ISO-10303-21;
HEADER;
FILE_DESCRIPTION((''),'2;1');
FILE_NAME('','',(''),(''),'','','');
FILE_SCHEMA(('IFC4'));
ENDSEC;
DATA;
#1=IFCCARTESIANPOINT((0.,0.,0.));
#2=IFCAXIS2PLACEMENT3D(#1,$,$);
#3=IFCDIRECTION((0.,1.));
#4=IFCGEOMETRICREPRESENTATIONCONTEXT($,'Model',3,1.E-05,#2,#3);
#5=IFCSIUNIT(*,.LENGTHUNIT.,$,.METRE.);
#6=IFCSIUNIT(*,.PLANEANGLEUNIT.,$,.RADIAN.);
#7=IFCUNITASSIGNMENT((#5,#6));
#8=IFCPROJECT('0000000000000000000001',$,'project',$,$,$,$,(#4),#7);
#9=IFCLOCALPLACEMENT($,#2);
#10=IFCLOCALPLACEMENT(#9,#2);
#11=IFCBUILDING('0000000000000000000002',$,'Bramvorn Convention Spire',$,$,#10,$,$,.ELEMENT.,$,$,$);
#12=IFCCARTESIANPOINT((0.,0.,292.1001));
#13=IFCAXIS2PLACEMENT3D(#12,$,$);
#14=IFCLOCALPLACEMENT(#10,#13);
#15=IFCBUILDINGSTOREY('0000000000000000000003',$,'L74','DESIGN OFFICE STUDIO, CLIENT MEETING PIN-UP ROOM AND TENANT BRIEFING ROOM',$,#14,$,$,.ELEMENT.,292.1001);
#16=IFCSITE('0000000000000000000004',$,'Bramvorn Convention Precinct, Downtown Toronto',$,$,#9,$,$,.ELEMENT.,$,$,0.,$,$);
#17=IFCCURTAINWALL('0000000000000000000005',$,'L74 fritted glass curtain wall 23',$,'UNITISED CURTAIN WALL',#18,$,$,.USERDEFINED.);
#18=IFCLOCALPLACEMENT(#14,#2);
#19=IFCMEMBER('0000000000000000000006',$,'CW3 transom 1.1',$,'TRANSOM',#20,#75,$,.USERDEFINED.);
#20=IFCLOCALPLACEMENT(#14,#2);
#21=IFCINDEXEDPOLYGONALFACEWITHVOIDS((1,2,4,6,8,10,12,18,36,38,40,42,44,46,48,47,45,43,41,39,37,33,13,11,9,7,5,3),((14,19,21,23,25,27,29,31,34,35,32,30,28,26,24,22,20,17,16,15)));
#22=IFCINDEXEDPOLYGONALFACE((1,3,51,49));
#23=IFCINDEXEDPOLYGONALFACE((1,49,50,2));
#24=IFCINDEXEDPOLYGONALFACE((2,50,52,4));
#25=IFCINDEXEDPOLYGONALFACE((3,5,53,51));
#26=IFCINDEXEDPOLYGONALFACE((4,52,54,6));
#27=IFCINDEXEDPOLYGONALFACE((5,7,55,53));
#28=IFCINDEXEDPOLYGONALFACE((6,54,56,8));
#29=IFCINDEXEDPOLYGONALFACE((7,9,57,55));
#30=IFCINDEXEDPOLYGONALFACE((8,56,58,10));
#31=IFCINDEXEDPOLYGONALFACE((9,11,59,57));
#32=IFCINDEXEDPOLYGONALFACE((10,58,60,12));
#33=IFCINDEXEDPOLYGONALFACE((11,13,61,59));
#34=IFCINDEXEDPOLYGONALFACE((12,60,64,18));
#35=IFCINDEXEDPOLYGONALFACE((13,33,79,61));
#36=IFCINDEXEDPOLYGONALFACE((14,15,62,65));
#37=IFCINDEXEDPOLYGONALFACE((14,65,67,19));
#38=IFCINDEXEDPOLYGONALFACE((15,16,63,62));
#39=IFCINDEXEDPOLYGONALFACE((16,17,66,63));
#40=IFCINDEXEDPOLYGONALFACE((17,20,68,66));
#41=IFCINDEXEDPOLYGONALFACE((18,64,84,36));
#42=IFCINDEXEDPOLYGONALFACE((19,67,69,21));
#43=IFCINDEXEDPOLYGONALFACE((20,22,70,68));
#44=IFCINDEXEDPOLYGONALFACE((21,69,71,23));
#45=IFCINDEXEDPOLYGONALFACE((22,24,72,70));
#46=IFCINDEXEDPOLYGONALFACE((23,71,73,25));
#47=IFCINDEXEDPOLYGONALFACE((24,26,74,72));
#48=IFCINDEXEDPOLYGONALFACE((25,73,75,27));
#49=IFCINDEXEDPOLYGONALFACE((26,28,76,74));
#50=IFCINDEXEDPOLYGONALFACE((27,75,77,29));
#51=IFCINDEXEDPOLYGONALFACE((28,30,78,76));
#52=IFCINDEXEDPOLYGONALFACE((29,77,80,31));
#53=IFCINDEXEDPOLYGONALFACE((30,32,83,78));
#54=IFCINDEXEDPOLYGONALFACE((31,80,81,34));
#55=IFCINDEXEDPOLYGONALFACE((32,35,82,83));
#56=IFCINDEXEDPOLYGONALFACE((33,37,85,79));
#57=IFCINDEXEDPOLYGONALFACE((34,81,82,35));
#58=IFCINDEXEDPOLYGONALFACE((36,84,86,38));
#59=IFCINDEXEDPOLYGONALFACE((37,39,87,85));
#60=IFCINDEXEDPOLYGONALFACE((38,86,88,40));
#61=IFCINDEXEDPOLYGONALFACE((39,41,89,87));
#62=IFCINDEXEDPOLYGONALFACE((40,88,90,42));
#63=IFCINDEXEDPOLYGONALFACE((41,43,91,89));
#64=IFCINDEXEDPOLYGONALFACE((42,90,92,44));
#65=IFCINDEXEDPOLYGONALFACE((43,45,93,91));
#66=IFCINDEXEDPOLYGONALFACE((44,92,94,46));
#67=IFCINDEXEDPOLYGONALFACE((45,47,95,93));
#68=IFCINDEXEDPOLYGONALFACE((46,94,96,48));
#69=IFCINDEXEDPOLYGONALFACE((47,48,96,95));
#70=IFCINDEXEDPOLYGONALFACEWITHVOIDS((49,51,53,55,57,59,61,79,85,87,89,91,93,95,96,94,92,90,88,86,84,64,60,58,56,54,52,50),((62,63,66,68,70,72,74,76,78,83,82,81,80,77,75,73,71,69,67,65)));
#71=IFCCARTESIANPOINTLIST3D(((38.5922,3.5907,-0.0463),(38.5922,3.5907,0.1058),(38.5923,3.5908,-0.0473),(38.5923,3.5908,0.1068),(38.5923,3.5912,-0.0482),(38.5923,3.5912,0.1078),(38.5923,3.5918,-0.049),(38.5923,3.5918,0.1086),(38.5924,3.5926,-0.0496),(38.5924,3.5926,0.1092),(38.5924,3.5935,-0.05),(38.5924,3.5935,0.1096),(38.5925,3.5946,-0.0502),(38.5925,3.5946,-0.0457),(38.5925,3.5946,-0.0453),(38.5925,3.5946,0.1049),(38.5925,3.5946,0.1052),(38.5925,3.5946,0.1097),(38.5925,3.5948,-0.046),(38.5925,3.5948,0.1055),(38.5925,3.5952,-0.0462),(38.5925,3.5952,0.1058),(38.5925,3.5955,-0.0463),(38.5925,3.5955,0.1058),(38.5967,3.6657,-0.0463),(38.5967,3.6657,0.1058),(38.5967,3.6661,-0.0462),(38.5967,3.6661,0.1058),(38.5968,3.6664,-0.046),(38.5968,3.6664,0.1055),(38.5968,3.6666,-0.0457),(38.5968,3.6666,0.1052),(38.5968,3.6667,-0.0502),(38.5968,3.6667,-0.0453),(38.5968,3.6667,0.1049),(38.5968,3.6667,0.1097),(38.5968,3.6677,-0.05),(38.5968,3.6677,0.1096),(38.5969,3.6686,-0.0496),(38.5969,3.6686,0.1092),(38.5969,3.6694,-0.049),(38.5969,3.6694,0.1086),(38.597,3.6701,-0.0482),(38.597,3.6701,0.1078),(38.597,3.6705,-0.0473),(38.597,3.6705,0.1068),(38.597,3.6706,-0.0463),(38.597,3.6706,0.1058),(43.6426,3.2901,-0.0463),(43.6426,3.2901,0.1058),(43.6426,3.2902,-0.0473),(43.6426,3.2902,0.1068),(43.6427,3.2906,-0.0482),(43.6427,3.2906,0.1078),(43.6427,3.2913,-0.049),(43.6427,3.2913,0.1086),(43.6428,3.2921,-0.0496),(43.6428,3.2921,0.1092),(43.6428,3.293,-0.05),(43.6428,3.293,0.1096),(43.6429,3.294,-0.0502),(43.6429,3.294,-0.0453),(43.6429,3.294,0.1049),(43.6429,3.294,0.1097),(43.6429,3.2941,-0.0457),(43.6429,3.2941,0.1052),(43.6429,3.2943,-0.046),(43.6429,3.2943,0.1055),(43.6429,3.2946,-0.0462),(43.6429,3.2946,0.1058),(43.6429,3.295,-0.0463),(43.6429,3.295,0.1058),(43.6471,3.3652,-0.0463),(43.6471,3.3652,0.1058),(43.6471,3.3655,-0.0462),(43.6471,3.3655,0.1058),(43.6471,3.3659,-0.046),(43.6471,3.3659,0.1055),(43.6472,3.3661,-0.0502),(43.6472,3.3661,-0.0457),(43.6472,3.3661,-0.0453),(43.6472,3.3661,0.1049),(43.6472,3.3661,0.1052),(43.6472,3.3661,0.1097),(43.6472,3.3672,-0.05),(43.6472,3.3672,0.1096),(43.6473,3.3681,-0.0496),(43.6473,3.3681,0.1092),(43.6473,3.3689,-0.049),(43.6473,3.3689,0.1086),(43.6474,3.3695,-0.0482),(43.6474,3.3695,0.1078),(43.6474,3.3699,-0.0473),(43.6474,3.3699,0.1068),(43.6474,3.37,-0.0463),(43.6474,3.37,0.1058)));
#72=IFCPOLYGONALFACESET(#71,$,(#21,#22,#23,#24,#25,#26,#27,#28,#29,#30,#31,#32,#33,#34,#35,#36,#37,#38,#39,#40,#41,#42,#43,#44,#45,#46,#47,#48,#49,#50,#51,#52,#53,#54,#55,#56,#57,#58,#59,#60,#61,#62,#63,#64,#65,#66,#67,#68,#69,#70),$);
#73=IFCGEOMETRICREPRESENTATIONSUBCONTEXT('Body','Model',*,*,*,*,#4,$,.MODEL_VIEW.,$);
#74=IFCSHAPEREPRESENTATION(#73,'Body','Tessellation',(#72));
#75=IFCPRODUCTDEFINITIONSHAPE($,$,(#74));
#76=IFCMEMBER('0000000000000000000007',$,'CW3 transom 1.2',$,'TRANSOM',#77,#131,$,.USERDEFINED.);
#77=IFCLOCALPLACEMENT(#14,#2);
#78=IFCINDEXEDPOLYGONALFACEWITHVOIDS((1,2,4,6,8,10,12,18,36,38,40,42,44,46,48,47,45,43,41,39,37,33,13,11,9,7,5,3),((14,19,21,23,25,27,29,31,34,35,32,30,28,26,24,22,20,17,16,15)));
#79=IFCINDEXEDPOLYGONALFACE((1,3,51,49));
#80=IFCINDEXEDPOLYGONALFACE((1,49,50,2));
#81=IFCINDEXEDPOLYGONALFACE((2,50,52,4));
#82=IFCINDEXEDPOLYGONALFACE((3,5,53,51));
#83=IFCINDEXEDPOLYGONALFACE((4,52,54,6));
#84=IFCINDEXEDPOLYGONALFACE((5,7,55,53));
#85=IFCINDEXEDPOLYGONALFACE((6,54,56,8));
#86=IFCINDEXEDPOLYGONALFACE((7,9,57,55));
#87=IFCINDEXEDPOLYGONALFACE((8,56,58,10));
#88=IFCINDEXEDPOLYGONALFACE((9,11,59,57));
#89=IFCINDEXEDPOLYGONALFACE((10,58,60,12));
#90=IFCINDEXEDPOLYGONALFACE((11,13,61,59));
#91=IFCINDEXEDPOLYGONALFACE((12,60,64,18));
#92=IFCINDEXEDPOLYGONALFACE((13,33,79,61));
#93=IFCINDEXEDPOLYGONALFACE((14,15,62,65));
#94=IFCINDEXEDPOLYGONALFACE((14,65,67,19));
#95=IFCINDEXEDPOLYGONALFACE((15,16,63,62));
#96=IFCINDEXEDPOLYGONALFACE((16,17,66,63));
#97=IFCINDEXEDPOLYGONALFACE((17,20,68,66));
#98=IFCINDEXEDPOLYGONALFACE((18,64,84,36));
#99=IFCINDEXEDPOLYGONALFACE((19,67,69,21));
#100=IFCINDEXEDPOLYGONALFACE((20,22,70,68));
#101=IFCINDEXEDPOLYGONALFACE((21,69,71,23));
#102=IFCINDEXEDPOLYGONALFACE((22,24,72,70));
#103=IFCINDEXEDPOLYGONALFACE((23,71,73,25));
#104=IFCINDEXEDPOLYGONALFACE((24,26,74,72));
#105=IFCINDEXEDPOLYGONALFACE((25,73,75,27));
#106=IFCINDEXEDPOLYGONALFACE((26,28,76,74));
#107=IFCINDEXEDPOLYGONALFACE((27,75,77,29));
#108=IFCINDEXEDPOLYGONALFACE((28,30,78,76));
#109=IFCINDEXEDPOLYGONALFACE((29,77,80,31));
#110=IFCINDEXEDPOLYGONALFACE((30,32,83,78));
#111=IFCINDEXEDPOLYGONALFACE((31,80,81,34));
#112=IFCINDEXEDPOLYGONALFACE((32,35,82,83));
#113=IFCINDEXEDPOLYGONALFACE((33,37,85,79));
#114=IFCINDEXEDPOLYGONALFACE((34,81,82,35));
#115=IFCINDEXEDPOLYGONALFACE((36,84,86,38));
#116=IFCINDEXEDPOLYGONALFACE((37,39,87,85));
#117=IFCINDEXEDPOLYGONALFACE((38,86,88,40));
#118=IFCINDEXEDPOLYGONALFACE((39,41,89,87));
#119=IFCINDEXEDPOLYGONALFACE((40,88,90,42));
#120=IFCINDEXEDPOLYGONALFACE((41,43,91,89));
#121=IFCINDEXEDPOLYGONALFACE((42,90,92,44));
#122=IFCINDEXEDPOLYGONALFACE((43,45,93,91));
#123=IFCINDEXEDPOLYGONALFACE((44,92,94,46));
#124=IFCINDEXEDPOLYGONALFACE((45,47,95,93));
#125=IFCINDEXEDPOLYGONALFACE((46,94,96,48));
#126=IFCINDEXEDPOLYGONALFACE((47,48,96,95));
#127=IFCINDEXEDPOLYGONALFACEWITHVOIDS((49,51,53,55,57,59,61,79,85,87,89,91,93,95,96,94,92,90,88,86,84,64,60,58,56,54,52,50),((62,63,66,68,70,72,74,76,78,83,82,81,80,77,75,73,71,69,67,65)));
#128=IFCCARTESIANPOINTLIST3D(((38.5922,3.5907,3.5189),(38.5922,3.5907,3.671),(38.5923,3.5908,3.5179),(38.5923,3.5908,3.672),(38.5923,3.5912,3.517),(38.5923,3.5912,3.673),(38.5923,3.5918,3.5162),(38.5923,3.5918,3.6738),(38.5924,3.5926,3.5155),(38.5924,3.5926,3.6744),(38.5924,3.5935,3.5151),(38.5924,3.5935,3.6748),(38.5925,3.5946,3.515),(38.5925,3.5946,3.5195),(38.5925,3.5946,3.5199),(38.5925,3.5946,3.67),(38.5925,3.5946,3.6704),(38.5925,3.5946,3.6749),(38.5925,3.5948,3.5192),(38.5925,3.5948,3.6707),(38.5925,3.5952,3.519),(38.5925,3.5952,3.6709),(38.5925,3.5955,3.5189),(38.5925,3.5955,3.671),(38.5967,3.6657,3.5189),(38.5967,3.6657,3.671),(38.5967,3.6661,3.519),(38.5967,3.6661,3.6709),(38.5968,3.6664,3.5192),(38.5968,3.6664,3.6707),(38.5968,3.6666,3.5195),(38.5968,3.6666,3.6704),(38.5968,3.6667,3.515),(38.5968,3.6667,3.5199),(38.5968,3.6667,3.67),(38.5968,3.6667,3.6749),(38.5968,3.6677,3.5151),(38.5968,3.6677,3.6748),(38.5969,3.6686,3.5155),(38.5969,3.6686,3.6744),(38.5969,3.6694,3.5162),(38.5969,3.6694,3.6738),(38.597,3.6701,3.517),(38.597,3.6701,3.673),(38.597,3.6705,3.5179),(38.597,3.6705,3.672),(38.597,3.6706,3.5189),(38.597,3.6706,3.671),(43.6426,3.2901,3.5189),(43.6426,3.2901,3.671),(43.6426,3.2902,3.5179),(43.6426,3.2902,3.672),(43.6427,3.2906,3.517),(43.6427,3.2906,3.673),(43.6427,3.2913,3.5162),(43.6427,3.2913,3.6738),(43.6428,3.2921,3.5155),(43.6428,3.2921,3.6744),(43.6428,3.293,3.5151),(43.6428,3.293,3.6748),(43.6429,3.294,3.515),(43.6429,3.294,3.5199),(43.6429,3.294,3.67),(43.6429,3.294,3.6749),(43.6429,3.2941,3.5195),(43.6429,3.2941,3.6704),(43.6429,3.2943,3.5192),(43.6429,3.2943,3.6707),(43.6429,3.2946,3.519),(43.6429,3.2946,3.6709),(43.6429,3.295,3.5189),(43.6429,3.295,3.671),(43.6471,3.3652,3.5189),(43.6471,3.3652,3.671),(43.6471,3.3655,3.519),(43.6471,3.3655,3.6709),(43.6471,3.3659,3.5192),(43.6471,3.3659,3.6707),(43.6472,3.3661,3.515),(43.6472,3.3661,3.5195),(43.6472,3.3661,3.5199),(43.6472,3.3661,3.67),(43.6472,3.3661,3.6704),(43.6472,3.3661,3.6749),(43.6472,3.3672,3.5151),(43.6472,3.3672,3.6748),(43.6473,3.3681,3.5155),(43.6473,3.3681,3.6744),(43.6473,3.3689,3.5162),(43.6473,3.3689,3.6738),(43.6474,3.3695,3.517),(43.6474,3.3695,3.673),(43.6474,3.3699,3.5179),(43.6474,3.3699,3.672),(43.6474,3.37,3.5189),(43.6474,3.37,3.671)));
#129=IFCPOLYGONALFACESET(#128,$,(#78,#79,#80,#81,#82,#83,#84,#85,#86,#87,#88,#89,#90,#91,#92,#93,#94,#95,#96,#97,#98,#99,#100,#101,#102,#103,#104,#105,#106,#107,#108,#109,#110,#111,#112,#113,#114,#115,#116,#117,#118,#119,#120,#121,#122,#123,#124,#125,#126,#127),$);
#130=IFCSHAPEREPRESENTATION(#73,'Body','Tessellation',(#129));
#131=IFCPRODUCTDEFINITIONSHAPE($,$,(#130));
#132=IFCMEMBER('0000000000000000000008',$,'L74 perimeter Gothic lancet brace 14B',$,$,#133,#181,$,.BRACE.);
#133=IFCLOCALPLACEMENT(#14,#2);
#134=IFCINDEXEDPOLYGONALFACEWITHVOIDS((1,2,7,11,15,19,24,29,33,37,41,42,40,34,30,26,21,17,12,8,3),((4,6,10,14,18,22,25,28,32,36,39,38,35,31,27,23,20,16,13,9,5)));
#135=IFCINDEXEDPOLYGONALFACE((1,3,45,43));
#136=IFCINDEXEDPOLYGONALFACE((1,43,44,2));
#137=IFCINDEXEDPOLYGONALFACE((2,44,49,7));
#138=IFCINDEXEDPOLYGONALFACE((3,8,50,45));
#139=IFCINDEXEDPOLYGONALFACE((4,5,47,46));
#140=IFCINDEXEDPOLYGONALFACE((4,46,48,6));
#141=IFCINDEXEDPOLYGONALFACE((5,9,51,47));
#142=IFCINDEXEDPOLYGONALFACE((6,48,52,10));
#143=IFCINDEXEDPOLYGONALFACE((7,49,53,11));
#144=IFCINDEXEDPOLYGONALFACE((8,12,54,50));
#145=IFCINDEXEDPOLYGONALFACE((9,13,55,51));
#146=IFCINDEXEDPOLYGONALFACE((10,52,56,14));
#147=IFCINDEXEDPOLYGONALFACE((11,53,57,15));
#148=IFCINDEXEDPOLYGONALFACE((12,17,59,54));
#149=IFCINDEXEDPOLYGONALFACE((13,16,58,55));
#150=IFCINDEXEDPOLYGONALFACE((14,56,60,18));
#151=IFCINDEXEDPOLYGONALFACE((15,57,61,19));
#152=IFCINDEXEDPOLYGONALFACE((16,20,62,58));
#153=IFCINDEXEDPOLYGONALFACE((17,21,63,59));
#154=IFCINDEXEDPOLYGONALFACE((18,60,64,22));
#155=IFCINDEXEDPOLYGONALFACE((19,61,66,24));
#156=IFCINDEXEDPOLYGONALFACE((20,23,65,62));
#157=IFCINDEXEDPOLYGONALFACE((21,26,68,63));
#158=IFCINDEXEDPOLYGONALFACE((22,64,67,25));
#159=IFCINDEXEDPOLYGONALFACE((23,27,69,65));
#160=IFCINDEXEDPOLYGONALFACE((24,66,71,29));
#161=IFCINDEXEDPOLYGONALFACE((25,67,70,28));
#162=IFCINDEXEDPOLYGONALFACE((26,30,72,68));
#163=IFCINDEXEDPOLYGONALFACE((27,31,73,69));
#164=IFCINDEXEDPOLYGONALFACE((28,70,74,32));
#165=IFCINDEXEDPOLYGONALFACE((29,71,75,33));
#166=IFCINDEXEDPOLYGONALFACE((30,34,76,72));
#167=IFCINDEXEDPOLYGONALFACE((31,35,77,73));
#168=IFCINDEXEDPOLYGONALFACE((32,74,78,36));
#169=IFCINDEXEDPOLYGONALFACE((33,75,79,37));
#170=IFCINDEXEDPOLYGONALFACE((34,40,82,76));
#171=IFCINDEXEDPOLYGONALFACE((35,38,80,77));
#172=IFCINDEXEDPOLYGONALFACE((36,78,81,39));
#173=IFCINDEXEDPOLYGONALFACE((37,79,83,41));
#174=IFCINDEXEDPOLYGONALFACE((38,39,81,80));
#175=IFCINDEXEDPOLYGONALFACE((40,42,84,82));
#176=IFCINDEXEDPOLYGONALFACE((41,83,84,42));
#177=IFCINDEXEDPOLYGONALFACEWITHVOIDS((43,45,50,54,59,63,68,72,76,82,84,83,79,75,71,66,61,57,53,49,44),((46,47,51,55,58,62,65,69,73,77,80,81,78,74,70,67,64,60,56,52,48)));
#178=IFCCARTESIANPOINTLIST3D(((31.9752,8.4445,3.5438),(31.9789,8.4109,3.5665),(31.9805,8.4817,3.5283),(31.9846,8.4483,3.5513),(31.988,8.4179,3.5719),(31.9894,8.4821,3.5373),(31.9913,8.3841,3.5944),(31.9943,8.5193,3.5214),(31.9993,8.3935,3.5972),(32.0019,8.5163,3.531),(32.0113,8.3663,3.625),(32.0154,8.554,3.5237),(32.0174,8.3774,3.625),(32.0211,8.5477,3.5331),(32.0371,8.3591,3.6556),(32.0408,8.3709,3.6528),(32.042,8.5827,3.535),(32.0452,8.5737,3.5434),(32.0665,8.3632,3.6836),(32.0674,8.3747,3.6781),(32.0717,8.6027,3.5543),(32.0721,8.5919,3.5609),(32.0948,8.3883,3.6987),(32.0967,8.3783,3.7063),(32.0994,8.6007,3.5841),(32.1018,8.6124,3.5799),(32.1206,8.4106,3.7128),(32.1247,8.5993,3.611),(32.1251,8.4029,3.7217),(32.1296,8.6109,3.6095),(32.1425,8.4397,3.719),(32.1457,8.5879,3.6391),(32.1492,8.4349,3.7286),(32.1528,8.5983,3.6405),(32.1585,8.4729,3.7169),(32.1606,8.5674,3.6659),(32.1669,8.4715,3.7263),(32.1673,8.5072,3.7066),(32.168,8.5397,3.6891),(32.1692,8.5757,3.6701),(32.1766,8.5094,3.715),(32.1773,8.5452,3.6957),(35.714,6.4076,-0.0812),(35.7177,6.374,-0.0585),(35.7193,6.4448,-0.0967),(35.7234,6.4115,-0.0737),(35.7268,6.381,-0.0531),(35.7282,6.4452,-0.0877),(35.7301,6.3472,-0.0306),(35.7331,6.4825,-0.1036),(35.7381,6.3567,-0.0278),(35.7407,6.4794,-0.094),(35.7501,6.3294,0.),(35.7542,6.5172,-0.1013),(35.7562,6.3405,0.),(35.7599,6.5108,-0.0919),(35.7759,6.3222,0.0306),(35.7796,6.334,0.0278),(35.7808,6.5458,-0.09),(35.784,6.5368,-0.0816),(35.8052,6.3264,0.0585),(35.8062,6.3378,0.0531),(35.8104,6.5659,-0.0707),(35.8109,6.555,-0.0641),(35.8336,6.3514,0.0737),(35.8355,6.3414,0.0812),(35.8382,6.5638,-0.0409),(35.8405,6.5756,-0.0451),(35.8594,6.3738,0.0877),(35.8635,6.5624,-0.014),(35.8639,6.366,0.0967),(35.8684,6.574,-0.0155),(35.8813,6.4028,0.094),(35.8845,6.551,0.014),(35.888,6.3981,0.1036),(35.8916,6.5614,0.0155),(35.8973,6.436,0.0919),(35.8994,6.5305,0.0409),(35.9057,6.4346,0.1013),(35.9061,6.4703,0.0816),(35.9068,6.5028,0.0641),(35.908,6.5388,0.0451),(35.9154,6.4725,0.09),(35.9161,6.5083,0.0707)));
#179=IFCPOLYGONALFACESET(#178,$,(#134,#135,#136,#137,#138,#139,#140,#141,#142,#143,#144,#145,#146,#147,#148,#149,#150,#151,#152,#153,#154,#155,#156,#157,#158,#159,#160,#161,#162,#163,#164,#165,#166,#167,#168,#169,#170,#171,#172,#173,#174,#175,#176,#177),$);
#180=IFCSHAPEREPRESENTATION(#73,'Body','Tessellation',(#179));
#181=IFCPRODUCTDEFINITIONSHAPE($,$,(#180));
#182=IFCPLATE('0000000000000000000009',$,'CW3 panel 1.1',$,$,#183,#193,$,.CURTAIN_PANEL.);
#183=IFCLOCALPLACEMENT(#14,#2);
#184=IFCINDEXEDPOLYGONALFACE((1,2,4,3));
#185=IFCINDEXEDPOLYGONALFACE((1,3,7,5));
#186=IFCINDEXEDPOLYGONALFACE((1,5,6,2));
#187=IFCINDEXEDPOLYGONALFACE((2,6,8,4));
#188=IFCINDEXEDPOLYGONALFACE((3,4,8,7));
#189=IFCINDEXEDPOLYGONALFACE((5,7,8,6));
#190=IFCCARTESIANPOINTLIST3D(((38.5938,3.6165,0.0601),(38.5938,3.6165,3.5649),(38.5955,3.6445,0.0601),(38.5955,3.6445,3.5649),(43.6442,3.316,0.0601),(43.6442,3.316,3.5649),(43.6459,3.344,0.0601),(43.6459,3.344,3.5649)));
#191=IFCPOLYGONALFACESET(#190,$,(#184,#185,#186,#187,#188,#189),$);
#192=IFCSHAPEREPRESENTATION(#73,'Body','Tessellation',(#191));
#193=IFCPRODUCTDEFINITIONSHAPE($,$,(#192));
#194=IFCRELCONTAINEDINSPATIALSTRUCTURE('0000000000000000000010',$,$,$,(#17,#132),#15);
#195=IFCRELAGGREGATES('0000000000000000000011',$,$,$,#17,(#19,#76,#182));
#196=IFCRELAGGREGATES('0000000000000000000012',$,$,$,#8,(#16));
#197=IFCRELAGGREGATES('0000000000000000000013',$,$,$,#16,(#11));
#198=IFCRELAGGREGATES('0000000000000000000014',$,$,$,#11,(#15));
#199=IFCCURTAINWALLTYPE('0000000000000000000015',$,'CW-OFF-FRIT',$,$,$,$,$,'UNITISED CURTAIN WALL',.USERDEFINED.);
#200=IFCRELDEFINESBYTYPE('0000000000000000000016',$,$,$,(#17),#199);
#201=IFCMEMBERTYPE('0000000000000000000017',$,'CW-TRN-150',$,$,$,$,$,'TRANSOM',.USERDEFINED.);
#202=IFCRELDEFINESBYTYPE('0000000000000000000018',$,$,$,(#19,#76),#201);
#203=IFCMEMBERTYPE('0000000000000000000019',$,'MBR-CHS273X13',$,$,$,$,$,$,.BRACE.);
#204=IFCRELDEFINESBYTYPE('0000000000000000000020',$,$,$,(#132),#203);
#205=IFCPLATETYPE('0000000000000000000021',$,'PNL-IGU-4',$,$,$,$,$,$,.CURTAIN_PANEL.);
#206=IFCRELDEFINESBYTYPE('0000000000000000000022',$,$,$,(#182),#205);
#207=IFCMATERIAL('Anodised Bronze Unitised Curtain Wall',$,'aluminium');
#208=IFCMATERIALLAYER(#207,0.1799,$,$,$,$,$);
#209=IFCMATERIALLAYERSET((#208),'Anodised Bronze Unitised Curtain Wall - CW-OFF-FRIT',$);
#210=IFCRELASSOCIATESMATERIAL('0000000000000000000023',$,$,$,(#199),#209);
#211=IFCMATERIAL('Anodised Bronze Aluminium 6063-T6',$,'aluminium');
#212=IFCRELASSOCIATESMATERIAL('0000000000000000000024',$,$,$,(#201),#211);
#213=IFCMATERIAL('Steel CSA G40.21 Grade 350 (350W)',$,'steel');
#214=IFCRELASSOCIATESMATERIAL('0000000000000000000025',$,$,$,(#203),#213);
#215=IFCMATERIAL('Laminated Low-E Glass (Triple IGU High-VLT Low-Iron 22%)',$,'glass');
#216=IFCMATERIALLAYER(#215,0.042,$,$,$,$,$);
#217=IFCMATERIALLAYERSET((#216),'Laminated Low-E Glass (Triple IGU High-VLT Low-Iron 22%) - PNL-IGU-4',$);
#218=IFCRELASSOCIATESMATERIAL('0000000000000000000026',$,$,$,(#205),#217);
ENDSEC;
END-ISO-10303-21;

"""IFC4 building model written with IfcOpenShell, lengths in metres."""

from ifc_helpers import new_model, si_unit, direction, frame, origin, origin_2d, place, context, subcontext, project, spatial, rectangle, hollow_rectangle, hollow_circle, extrude, material, layer, layer_set, material_profile, profile_set, type_object, element, aggregate, save


model = new_model("IFC4")

# Units and contexts
model_context = context("Model", 3, precision=1e-05, world=origin(), true_north=direction((0.0, 1.0)))
body_context = subcontext(model_context, "Body", "Model", "MODEL_VIEW")
ifc_project = project(units=[si_unit("LENGTHUNIT", "METRE"), si_unit("PLANEANGLEUNIT", "RADIAN")], contexts=[model_context])

# Site, building, storey
site_placement = place(None, origin())
site = spatial("IfcSite", under=ifc_project, at=site_placement, Name="Bramvorn Convention Precinct, Downtown Toronto", CompositionType="ELEMENT", RefElevation=0.0)
building_placement = place(site_placement, origin())
building = spatial("IfcBuilding", under=site, at=building_placement, Name="Bramvorn Convention Spire", CompositionType="ELEMENT")
storey_placement = place(building_placement, frame((0.0, 0.0, 292.1001)))
storey = spatial("IfcBuildingStorey", under=building, at=storey_placement, Name="L74", Description="DESIGN OFFICE STUDIO, CLIENT MEETING PIN-UP ROOM AND TENANT BRIEFING ROOM", CompositionType="ELEMENT", Elevation=292.1001)

# Shared definitions
ifc_material_1 = material(Name="Steel CSA G40.21 Grade 350 (350W)", Category="steel")

# Curtain wall
ifc_material_2 = material(Name="Anodised Bronze Unitised Curtain Wall", Category="aluminium")
ifc_layer_1 = layer(ifc_material_2, 0.1799)
ifc_layer_set_1 = layer_set([ifc_layer_1], Name="Anodised Bronze Unitised Curtain Wall - CW-OFF-FRIT")
curtain_wall_type = type_object("IfcCurtainWallType", Name="CW-OFF-FRIT", ElementType="UNITISED CURTAIN WALL", PredefinedType="USERDEFINED", material=ifc_layer_set_1)
curtain_wall_1_placement = place(storey_placement, origin())
curtain_wall_1 = element("IfcCurtainWall", 1, at=curtain_wall_1_placement, inside=storey, type_object=curtain_wall_type, Name="L74 fritted glass curtain wall 23", ObjectType="UNITISED CURTAIN WALL", PredefinedType="USERDEFINED")
ifc_material_3 = material(Name="Anodised Bronze Aluminium 6063-T6", Category="aluminium")

# Members
ifc_material_profile_1 = material_profile(ifc_material_3, hollow_rectangle(XDim=0.0801, YDim=0.1599, WallThickness=0.0039, InnerFilletRadius=0.001, OuterFilletRadius=0.0039, at=origin_2d()))
ifc_profile_set_1 = profile_set([ifc_material_profile_1], Name="Anodised Bronze Aluminium 6063-T6 - CWT80X160")
member_type_1 = type_object("IfcMemberType", Name="CW-TRN-150", ElementType="TRANSOM", PredefinedType="USERDEFINED", material=ifc_profile_set_1)
member_1_placement = place(storey_placement, frame((43.645, 3.3301, 0.0298), z_axis=(-0.998234, 0.059404, 0.0), x_axis=(-0.059404, -0.998234, 0.0)))
member_1 = element("IfcMember", 2, at=member_1_placement, type_object=member_type_1, Name="CW3 transom 1.1", ObjectType="TRANSOM", PredefinedType="USERDEFINED", context=body_context, shape_type="SweptSolid", body=[
    extrude(hollow_rectangle(XDim=0.0801, YDim=0.1599, WallThickness=0.0039, InnerFilletRadius=0.001, OuterFilletRadius=0.0039, at=origin_2d()), origin(), (0.0, 0.0, 1.0), 5.0593),
])
member_2_placement = place(storey_placement, frame((43.645, 3.3301, 3.595), z_axis=(-0.998234, 0.059404, 0.0), x_axis=(-0.059404, -0.998234, 0.0)))
member_2 = element("IfcMember", 3, at=member_2_placement, type_object=member_type_1, Name="CW3 transom 1.2", ObjectType="TRANSOM", PredefinedType="USERDEFINED", context=body_context, shape_type="SweptSolid", body=[
    extrude(hollow_rectangle(XDim=0.0801, YDim=0.1599, WallThickness=0.0039, InnerFilletRadius=0.001, OuterFilletRadius=0.0039, at=origin_2d()), origin(), (0.0, 0.0, 1.0), 5.0593),
])
ifc_material_profile_2 = material_profile(ifc_material_1, hollow_circle(Radius=0.1365, WallThickness=0.0127, at=origin_2d()))
ifc_profile_set_2 = profile_set([ifc_material_profile_2], Name="Steel CSA G40.21 Grade 350 (350W) - CHS273X13")
member_type_2 = type_object("IfcMemberType", Name="MBR-CHS273X13", PredefinedType="BRACE", material=ifc_profile_set_2)
member_3_placement = place(storey_placement, frame((35.8154, 6.4492, 0.0), z_axis=(-0.668621, 0.364262, 0.648275), x_axis=(-0.478406, -0.878139, 0.0)))
element("IfcMember", 4, at=member_3_placement, inside=storey, type_object=member_type_2, Name="L74 perimeter Gothic lancet brace 14B", PredefinedType="BRACE", context=body_context, shape_type="SweptSolid", body=[
    extrude(hollow_circle(Radius=0.1365, WallThickness=0.0127, at=origin_2d()), origin(), (0.0, 0.0, 1.0), 5.5918),
])

# Plate
ifc_material_4 = material(Name="Laminated Low-E Glass (Triple IGU High-VLT Low-Iron 22%)", Category="glass")
ifc_layer_2 = layer(ifc_material_4, 0.042)
ifc_layer_set_2 = layer_set([ifc_layer_2], Name="Laminated Low-E Glass (Triple IGU High-VLT Low-Iron 22%) - PNL-IGU-4")
plate_type = type_object("IfcPlateType", Name="PNL-IGU-4", PredefinedType="CURTAIN_PANEL", material=ifc_layer_set_2)
plate_1_placement = place(storey_placement, frame((41.1199, 3.4802, 0.0601), z_axis=(0.0, 0.0, 1.0), x_axis=(-0.998235, 0.059391, 0.0)))
plate_1 = element("IfcPlate", 5, at=plate_1_placement, type_object=plate_type, Name="CW3 panel 1.1", PredefinedType="CURTAIN_PANEL", context=body_context, shape_type="SweptSolid", body=[
    extrude(rectangle(XDim=5.0593, YDim=0.0281, at=origin_2d()), origin(), (0.0, 0.0, 1.0), 3.5049),
])
aggregate(curtain_wall_1, [member_1, member_2, plate_1])

save(model, "model.ifc")
